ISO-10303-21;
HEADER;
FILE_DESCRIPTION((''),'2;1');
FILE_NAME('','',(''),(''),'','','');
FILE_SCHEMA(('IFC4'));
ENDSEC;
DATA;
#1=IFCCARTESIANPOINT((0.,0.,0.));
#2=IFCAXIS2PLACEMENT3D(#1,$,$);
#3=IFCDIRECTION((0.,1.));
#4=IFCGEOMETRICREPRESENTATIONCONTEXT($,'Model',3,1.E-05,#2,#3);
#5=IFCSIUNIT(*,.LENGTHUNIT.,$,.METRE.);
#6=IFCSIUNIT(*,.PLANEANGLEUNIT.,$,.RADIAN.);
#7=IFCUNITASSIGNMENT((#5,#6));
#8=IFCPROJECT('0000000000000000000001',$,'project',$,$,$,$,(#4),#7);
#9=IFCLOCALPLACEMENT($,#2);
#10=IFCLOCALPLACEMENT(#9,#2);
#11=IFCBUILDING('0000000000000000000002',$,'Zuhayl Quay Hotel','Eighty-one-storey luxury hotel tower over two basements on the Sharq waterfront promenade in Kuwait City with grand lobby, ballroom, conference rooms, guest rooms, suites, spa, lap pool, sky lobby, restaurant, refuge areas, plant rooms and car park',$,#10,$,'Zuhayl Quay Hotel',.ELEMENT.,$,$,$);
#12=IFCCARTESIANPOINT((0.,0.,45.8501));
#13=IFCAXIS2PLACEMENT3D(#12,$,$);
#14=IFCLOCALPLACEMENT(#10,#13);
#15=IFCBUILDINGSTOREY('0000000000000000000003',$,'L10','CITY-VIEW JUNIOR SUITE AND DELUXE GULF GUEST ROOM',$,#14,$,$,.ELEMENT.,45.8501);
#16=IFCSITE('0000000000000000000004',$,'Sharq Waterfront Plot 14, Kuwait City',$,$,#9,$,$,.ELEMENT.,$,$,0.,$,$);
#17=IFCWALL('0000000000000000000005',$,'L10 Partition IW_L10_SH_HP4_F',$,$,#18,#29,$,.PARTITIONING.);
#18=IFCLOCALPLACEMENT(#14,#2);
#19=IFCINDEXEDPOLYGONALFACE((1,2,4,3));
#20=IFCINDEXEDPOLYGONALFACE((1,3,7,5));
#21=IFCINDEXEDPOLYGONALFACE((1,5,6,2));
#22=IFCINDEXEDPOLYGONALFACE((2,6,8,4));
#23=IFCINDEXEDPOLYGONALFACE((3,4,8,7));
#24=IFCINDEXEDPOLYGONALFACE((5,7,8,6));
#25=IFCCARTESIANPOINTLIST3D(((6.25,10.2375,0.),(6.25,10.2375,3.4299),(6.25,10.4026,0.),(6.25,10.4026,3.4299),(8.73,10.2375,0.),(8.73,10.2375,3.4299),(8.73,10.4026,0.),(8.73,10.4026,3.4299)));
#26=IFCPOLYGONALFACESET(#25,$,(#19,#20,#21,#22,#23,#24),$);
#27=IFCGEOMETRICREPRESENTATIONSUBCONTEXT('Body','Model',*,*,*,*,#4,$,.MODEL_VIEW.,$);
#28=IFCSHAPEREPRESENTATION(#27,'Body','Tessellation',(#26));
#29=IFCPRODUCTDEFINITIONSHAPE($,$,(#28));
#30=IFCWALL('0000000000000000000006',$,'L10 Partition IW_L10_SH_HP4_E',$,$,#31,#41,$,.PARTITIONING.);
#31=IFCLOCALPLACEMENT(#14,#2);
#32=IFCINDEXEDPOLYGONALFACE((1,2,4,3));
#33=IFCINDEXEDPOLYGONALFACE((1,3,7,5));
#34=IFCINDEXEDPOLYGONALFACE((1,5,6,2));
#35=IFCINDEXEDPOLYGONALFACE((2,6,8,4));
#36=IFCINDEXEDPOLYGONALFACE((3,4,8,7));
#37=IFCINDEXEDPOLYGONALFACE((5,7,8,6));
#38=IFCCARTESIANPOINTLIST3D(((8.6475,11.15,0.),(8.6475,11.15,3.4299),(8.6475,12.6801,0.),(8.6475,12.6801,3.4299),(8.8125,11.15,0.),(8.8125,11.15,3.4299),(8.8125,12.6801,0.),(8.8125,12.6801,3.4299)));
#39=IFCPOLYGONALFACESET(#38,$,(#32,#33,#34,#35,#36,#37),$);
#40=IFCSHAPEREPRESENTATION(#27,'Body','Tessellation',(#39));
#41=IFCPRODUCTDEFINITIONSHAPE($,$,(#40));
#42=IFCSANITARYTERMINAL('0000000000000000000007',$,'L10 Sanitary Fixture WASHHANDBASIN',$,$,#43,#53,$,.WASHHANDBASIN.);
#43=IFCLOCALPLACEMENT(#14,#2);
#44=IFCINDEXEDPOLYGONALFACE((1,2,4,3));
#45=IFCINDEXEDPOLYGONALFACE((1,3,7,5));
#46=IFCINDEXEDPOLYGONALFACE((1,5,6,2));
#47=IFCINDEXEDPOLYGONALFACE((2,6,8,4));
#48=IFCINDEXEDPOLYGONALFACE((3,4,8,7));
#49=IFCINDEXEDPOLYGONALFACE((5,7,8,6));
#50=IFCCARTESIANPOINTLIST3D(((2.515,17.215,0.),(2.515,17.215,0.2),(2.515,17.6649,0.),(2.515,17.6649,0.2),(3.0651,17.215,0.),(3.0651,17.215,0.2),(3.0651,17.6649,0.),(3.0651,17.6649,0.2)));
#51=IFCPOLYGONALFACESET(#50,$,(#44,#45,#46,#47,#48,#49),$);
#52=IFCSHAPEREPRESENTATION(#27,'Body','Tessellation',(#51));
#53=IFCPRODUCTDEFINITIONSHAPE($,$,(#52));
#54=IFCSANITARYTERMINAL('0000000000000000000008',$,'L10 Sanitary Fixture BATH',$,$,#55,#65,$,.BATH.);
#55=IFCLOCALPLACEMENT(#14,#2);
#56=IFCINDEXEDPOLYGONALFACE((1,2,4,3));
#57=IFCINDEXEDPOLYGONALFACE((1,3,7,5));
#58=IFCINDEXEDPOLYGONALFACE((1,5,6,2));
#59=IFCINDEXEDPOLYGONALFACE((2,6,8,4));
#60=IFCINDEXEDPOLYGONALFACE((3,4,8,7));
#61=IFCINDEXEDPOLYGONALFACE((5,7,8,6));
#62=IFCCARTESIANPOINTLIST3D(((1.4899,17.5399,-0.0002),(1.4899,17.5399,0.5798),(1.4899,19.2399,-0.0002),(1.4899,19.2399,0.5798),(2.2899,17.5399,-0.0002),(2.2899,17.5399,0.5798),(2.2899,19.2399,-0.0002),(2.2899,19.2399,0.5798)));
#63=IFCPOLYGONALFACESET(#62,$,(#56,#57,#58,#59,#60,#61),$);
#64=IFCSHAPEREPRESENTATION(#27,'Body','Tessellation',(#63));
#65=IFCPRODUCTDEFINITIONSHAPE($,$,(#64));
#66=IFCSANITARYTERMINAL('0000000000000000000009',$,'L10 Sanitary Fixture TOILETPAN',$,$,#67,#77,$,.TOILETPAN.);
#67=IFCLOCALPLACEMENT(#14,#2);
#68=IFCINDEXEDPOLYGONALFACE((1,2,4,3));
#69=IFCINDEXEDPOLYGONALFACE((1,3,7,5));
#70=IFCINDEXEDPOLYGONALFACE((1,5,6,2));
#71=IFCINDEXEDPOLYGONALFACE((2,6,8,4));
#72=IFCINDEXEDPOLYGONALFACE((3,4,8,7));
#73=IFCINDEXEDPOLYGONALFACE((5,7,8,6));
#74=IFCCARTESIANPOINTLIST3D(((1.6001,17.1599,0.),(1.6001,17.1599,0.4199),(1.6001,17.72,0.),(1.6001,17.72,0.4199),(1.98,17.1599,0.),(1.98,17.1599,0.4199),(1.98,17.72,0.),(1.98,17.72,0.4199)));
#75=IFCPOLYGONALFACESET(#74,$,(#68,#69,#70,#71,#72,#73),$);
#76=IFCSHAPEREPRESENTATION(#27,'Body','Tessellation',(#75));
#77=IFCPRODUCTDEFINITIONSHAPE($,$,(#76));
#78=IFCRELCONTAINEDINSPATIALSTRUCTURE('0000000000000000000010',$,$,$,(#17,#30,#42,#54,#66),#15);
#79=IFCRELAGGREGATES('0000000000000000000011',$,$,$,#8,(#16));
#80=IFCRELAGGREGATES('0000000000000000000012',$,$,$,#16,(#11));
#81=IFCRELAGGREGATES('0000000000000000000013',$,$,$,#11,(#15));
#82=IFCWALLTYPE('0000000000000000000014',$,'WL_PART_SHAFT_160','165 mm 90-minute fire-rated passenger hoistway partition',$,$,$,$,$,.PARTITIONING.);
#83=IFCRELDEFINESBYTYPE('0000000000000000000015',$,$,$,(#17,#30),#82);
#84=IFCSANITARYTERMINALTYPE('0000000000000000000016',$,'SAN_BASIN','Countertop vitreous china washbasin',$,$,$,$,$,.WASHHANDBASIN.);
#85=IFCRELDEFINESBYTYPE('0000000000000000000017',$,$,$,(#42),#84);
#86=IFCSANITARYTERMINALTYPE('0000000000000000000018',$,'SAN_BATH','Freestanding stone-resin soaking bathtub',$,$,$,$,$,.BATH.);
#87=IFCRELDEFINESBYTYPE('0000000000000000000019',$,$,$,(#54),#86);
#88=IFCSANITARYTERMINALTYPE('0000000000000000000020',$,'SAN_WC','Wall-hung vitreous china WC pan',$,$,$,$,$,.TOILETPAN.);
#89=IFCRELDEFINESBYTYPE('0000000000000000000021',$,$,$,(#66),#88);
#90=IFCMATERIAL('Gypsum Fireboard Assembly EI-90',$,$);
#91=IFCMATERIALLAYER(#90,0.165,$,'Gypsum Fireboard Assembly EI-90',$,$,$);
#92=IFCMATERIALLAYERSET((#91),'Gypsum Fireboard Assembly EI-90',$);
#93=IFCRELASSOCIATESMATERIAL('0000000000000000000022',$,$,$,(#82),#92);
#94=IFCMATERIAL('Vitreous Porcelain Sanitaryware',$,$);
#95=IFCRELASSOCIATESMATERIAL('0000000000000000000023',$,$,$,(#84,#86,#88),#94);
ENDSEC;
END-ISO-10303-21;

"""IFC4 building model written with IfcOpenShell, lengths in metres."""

from ifc_helpers import new_model, si_unit, direction, frame, frame_2d, origin, origin_2d, place, context, subcontext, project, spatial, rectangle, extrude, material, layer, layer_set, type_object, element, save


model = new_model("IFC4")

# Units and contexts
model_context = context("Model", 3, precision=1e-05, world=origin(), true_north=direction((0.0, 1.0)))
body_context = subcontext(model_context, "Body", "Model", "MODEL_VIEW")
ifc_project = project(units=[si_unit("LENGTHUNIT", "METRE"), si_unit("PLANEANGLEUNIT", "RADIAN")], contexts=[model_context])

# Site, building, storey
site_placement = place(None, origin())
site = spatial("IfcSite", under=ifc_project, at=site_placement, Name="Sharq Waterfront Plot 14, Kuwait City", CompositionType="ELEMENT", RefElevation=0.0)
building_placement = place(site_placement, origin())
building = spatial("IfcBuilding", under=site, at=building_placement, Name="Zuhayl Quay Hotel", Description="Eighty-one-storey luxury hotel tower over two basements on the Sharq waterfront promenade in Kuwait City with grand lobby, ballroom, conference rooms, guest rooms, suites, spa, lap pool, sky lobby, restaurant, refuge areas, plant rooms and car park", LongName="Zuhayl Quay Hotel", CompositionType="ELEMENT")
storey_placement = place(building_placement, frame((0.0, 0.0, 45.8501)))
storey = spatial("IfcBuildingStorey", under=building, at=storey_placement, Name="L10", Description="CITY-VIEW JUNIOR SUITE AND DELUXE GULF GUEST ROOM", CompositionType="ELEMENT", Elevation=45.8501)

# Walls
ifc_material_1 = material(Name="Gypsum Fireboard Assembly EI-90")
ifc_layer_1 = layer(ifc_material_1, 0.165, Name="Gypsum Fireboard Assembly EI-90")
ifc_layer_set_1 = layer_set([ifc_layer_1], Name="Gypsum Fireboard Assembly EI-90")
wall_type_1 = type_object("IfcWallType", Name="WL_PART_SHAFT_160", Description="165 mm 90-minute fire-rated passenger hoistway partition", PredefinedType="PARTITIONING", material=ifc_layer_set_1)
wall_1_placement = place(storey_placement, frame((6.25, 10.3201, 0.0), z_axis=(0.0, 0.0, 1.0), x_axis=(1.0, 0.0, 0.0)))
element("IfcWall", 1, at=wall_1_placement, inside=storey, type_object=wall_type_1, Name="L10 Partition IW_L10_SH_HP4_F", PredefinedType="PARTITIONING", context=body_context, shape_type="SweptSolid", body=[
    extrude(rectangle(XDim=2.48, YDim=0.165, at=frame_2d((1.24, 0.0))), origin(), (0.0, 0.0, 1.0), 3.4299),
])
wall_2_placement = place(storey_placement, frame((8.73, 11.1499, 0.0), z_axis=(0.0, 0.0, 1.0), x_axis=(0.0, 1.0, 0.0)))
element("IfcWall", 2, at=wall_2_placement, inside=storey, type_object=wall_type_1, Name="L10 Partition IW_L10_SH_HP4_E", PredefinedType="PARTITIONING", context=body_context, shape_type="SweptSolid", body=[
    extrude(rectangle(XDim=1.53, YDim=0.165, at=frame_2d((0.7651, 0.0))), origin(), (0.0, 0.0, 1.0), 3.4299),
])

# Sanitary terminals
ifc_material_2 = material(Name="Vitreous Porcelain Sanitaryware")
sanitary_terminal_type_1 = type_object("IfcSanitaryTerminalType", Name="SAN_BASIN", Description="Countertop vitreous china washbasin", PredefinedType="WASHHANDBASIN", material=ifc_material_2)
sanitary_terminal_1_placement = place(storey_placement, frame((2.79, 17.4399, 0.0), z_axis=(0.0, 0.0, 1.0), x_axis=(1.0, 0.0, 0.0)))
element("IfcSanitaryTerminal", 3, at=sanitary_terminal_1_placement, inside=storey, type_object=sanitary_terminal_type_1, Name="L10 Sanitary Fixture WASHHANDBASIN", PredefinedType="WASHHANDBASIN", context=body_context, shape_type="SweptSolid", body=[
    extrude(rectangle(XDim=0.55, YDim=0.45, at=origin_2d()), origin(), (0.0, 0.0, 1.0), 0.2),
])
sanitary_terminal_type_2 = type_object("IfcSanitaryTerminalType", Name="SAN_BATH", Description="Freestanding stone-resin soaking bathtub", PredefinedType="BATH", material=ifc_material_2)
sanitary_terminal_2_placement = place(storey_placement, frame((1.8899, 18.3899, -0.0002), z_axis=(0.0, 0.0, 1.0), x_axis=(1.0, 0.0, 0.0)))
element("IfcSanitaryTerminal", 4, at=sanitary_terminal_2_placement, inside=storey, type_object=sanitary_terminal_type_2, Name="L10 Sanitary Fixture BATH", PredefinedType="BATH", context=body_context, shape_type="SweptSolid", body=[
    extrude(rectangle(XDim=0.8, YDim=1.7, at=origin_2d()), origin(), (0.0, 0.0, 1.0), 0.5801),
])
sanitary_terminal_type_3 = type_object("IfcSanitaryTerminalType", Name="SAN_WC", Description="Wall-hung vitreous china WC pan", PredefinedType="TOILETPAN", material=ifc_material_2)
sanitary_terminal_3_placement = place(storey_placement, frame((1.79, 17.4399, 0.0), z_axis=(0.0, 0.0, 1.0), x_axis=(1.0, 0.0, 0.0)))
element("IfcSanitaryTerminal", 5, at=sanitary_terminal_3_placement, inside=storey, type_object=sanitary_terminal_type_3, Name="L10 Sanitary Fixture TOILETPAN", PredefinedType="TOILETPAN", context=body_context, shape_type="SweptSolid", body=[
    extrude(rectangle(XDim=0.3799, YDim=0.5601, at=origin_2d()), origin(), (0.0, 0.0, 1.0), 0.4199),
])

save(model, "model.ifc")
